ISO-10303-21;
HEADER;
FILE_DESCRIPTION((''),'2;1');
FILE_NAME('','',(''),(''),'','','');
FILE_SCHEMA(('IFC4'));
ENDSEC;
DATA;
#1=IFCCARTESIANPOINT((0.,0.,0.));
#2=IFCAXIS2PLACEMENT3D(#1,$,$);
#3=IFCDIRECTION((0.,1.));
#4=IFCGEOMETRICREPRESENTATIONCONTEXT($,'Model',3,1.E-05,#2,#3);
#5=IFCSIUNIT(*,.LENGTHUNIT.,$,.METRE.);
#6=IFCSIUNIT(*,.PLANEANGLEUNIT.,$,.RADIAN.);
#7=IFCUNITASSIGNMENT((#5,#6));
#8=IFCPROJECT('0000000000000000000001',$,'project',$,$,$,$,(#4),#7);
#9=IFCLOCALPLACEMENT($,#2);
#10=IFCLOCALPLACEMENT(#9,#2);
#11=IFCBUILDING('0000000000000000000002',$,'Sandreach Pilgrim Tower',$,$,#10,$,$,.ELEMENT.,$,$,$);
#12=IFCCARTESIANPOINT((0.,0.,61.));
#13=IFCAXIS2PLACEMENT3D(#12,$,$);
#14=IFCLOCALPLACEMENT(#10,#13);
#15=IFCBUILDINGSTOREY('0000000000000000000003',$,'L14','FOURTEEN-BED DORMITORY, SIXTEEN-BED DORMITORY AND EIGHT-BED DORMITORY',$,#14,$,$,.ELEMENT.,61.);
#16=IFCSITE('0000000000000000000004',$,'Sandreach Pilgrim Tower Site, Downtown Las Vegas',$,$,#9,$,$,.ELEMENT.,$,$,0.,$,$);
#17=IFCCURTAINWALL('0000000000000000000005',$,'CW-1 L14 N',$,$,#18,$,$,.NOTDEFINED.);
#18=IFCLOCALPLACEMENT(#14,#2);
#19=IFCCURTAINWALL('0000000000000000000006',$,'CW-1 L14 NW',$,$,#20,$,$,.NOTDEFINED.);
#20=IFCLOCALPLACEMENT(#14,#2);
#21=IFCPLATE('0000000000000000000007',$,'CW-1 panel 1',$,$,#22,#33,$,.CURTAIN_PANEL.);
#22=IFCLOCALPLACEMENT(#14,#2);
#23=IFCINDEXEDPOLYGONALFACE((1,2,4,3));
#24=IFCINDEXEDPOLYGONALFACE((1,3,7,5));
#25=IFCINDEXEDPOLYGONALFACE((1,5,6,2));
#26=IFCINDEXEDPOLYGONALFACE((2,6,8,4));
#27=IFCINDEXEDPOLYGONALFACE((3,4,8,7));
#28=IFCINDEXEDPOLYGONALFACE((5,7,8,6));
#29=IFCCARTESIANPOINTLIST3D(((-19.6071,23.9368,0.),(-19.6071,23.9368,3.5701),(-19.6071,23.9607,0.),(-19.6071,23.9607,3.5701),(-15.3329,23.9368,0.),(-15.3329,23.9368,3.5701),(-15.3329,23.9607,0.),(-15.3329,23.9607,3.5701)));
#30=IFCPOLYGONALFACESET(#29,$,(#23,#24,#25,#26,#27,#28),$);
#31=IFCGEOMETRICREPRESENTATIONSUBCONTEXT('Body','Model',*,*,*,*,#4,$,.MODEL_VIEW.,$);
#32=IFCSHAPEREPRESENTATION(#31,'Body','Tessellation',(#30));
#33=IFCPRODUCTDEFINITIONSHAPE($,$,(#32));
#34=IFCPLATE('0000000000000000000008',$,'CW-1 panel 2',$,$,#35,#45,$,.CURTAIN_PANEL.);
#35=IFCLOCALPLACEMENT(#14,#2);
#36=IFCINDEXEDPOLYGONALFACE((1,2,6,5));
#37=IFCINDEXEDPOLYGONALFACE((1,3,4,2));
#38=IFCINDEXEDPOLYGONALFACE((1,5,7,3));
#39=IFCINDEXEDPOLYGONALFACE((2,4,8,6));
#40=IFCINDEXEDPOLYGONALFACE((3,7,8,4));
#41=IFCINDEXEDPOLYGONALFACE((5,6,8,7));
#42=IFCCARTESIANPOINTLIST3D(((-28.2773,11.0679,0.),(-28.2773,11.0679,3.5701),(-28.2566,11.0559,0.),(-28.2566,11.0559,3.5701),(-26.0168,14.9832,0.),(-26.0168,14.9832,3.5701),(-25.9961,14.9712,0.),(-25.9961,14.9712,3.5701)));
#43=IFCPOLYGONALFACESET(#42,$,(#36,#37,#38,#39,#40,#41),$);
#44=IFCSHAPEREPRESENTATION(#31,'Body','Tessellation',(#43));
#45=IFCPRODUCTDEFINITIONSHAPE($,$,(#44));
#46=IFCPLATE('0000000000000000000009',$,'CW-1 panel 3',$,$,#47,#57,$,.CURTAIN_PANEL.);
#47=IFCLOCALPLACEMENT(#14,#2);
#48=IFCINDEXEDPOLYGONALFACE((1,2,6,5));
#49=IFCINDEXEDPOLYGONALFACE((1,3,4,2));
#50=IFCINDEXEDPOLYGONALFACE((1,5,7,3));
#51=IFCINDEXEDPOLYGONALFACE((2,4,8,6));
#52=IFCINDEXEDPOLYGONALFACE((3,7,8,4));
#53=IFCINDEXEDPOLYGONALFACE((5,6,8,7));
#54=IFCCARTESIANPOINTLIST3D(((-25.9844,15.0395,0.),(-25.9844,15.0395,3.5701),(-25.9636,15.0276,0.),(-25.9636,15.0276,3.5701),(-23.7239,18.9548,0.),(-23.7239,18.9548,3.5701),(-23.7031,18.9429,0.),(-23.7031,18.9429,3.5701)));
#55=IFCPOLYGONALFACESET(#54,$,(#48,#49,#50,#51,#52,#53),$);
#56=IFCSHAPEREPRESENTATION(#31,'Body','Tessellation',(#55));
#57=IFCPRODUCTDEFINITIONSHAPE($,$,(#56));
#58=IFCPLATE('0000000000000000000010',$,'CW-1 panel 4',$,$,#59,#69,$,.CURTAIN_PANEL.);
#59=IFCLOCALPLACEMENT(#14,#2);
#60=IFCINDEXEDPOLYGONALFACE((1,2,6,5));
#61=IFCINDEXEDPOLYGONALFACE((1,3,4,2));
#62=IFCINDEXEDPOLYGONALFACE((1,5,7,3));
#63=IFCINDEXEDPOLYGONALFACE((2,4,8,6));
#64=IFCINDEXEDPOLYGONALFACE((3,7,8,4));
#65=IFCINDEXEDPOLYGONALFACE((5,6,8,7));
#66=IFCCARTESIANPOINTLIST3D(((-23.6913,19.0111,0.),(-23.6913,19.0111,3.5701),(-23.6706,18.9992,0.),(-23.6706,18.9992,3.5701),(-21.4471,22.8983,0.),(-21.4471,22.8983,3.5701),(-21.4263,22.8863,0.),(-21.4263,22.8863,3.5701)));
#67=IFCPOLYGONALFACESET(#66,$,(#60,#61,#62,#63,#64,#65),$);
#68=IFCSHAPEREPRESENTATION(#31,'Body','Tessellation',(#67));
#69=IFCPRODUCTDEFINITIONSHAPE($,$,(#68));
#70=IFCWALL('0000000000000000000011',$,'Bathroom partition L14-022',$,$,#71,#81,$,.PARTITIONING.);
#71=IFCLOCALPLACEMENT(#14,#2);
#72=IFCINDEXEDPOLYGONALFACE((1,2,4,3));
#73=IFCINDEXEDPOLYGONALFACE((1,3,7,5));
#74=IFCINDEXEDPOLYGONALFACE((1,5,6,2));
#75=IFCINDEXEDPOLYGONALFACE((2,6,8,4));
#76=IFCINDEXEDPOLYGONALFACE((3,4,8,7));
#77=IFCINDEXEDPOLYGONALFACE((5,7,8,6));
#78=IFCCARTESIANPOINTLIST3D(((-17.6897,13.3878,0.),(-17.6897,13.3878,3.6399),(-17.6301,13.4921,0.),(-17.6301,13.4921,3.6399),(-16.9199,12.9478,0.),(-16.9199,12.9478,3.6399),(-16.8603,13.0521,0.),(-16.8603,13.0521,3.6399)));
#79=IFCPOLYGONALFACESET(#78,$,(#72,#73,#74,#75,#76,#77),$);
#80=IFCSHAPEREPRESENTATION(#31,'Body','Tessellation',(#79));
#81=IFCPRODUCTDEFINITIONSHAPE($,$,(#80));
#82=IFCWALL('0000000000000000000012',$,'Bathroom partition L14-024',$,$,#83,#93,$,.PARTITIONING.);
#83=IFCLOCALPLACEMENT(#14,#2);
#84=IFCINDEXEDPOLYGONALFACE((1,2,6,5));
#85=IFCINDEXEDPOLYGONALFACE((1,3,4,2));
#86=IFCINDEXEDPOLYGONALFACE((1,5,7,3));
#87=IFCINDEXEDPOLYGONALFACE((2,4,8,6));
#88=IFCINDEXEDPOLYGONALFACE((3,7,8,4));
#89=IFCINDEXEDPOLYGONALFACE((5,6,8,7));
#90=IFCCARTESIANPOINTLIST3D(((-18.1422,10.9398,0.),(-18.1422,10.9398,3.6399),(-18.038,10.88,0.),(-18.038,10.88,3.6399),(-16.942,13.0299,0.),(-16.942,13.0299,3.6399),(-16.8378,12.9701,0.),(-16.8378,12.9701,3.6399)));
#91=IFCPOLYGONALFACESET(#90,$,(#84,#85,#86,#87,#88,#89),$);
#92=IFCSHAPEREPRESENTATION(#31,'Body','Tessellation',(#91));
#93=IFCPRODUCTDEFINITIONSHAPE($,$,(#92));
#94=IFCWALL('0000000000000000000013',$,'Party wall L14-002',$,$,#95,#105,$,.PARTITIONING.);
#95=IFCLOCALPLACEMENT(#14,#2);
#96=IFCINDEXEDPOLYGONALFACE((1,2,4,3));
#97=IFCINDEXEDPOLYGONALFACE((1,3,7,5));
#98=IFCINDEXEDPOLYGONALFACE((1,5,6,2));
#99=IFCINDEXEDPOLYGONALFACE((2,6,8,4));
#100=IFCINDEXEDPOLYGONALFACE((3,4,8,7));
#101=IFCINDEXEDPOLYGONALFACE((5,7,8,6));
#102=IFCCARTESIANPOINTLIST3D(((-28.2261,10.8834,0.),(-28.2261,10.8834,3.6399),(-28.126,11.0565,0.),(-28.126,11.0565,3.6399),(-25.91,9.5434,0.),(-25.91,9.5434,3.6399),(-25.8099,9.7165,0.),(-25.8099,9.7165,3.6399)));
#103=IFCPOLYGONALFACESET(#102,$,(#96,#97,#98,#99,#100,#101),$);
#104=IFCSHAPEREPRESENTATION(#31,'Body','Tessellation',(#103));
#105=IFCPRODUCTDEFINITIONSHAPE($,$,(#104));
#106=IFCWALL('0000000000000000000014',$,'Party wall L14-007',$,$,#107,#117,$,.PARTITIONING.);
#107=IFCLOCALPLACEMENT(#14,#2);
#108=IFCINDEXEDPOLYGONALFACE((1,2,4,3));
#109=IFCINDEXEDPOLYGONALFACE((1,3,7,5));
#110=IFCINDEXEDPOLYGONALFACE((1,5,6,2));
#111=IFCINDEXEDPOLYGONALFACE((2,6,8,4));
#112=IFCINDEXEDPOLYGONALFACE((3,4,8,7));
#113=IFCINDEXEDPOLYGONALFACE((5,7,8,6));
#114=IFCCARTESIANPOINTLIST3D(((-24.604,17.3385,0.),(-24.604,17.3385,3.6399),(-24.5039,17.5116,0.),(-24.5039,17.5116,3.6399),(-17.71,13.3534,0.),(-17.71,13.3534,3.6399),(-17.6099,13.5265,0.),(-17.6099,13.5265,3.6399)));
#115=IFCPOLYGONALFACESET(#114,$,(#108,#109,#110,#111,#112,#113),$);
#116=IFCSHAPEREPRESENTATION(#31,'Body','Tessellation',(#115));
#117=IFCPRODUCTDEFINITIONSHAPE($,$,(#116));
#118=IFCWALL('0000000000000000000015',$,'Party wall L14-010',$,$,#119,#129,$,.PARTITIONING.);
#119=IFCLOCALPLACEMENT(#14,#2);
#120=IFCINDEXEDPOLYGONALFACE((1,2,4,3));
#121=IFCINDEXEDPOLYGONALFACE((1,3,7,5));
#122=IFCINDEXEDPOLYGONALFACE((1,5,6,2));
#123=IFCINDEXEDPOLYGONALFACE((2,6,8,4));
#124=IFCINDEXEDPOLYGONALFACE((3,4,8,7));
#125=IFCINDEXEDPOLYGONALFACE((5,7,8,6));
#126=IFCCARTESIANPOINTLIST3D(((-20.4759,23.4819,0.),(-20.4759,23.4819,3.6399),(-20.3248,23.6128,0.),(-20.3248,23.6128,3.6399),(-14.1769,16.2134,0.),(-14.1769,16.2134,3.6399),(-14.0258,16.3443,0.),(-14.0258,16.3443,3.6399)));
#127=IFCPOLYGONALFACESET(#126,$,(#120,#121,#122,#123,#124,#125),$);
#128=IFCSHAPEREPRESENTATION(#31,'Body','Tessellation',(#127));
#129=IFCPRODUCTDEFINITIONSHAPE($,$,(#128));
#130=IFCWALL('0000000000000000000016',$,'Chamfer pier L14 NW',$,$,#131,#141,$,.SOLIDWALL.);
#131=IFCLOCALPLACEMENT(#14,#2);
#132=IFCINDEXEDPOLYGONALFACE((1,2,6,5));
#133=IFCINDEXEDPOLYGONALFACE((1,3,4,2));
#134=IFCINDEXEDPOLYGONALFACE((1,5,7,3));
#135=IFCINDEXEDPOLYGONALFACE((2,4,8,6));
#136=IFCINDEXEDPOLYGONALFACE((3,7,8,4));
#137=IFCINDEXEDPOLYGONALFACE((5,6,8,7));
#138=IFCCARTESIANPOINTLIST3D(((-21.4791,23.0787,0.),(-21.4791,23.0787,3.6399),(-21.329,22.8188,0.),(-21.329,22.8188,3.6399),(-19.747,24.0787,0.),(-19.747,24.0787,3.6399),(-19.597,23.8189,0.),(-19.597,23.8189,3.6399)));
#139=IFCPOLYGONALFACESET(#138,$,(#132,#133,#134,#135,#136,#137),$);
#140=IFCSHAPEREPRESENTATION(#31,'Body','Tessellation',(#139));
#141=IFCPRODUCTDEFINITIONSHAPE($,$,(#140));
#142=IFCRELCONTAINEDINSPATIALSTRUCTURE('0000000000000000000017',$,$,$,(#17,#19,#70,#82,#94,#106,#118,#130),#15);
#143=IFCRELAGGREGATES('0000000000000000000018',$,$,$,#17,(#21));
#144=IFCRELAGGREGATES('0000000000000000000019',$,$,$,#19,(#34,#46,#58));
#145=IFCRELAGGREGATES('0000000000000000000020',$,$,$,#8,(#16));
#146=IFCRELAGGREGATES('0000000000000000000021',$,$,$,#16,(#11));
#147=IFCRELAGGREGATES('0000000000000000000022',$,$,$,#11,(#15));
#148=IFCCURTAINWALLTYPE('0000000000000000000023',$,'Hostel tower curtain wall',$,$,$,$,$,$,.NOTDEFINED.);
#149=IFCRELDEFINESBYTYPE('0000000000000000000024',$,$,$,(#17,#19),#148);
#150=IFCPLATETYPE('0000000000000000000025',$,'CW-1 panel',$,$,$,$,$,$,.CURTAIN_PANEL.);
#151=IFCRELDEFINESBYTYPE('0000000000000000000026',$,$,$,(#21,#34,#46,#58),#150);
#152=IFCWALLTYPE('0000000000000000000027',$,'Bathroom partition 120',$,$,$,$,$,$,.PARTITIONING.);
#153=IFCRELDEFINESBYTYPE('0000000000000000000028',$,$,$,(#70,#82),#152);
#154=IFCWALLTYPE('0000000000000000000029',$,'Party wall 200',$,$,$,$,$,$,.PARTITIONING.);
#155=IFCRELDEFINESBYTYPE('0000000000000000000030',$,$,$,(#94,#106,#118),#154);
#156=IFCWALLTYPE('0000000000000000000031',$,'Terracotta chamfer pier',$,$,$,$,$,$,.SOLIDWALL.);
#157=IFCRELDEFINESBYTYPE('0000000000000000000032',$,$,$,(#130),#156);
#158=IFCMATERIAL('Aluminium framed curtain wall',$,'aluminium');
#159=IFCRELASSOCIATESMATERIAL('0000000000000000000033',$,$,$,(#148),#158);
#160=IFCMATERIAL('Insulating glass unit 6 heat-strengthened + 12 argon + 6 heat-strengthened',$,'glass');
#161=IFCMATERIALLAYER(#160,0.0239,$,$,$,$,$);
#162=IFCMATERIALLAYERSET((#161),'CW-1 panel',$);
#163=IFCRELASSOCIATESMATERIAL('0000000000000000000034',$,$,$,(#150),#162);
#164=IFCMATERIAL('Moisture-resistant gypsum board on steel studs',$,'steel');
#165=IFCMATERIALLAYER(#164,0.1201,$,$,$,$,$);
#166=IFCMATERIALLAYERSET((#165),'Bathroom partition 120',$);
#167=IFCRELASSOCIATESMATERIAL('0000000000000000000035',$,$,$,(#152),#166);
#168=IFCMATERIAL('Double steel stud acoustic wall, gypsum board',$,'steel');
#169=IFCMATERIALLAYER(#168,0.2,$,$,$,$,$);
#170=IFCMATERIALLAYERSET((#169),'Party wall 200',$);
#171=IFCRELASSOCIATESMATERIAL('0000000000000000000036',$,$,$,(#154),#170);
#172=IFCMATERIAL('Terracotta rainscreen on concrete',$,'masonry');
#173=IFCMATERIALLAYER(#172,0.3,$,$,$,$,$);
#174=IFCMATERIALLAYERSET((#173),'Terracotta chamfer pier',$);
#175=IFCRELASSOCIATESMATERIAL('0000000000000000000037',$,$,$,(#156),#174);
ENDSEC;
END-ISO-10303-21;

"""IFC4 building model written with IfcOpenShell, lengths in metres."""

from ifc_helpers import new_model, si_unit, direction, frame, frame_2d, origin, origin_2d, place, context, subcontext, project, spatial, rectangle, extrude, material, layer, layer_set, type_object, element, aggregate, save


model = new_model("IFC4")

# Units and contexts
model_context = context("Model", 3, precision=1e-05, world=origin(), true_north=direction((0.0, 1.0)))
body_context = subcontext(model_context, "Body", "Model", "MODEL_VIEW")
ifc_project = project(units=[si_unit("LENGTHUNIT", "METRE"), si_unit("PLANEANGLEUNIT", "RADIAN")], contexts=[model_context])

# Site, building, storey
site_placement = place(None, origin())
site = spatial("IfcSite", under=ifc_project, at=site_placement, Name="Sandreach Pilgrim Tower Site, Downtown Las Vegas", CompositionType="ELEMENT", RefElevation=0.0)
building_placement = place(site_placement, origin())
building = spatial("IfcBuilding", under=site, at=building_placement, Name="Sandreach Pilgrim Tower", CompositionType="ELEMENT")
storey_placement = place(building_placement, frame((0.0, 0.0, 61.0)))
storey = spatial("IfcBuildingStorey", under=building, at=storey_placement, Name="L14", Description="FOURTEEN-BED DORMITORY, SIXTEEN-BED DORMITORY AND EIGHT-BED DORMITORY", CompositionType="ELEMENT", Elevation=61.0)

# Curtain wall
ifc_material_1 = material(Name="Aluminium framed curtain wall", Category="aluminium")
curtain_wall_type = type_object("IfcCurtainWallType", Name="Hostel tower curtain wall", PredefinedType="NOTDEFINED", material=ifc_material_1)
curtain_wall_1_placement = place(storey_placement, origin())
curtain_wall_1 = element("IfcCurtainWall", 1, at=curtain_wall_1_placement, inside=storey, type_object=curtain_wall_type, Name="CW-1 L14 N", PredefinedType="NOTDEFINED")

# Curtain wall
curtain_wall_2_placement = place(storey_placement, origin())
curtain_wall_2 = element("IfcCurtainWall", 2, at=curtain_wall_2_placement, inside=storey, type_object=curtain_wall_type, Name="CW-1 L14 NW", PredefinedType="NOTDEFINED")

# Plates
ifc_material_2 = material(Name="Insulating glass unit 6 heat-strengthened + 12 argon + 6 heat-strengthened", Category="glass")
ifc_layer_1 = layer(ifc_material_2, 0.0239)
ifc_layer_set_1 = layer_set([ifc_layer_1], Name="CW-1 panel")
plate_type = type_object("IfcPlateType", Name="CW-1 panel", PredefinedType="CURTAIN_PANEL", material=ifc_layer_set_1)
plate_1_placement = place(storey_placement, frame((-17.47, 23.9487, 0.0), z_axis=(0.0, 0.0, 1.0), x_axis=(1.0, 0.0, 0.0)))
plate_1 = element("IfcPlate", 3, at=plate_1_placement, type_object=plate_type, Name="CW-1 panel 1", PredefinedType="CURTAIN_PANEL", context=body_context, shape_type="SweptSolid", body=[
    extrude(rectangle(XDim=4.2742, YDim=0.0239, at=origin_2d()), origin(), (0.0, 0.0, 1.0), 3.5701),
])
aggregate(curtain_wall_1, [plate_1])
plate_2_placement = place(storey_placement, frame((-27.1367, 13.0195, 0.0), z_axis=(0.0, 0.0, 1.0), x_axis=(0.5, 0.866025, 0.0)))
plate_2 = element("IfcPlate", 4, at=plate_2_placement, type_object=plate_type, Name="CW-1 panel 2", PredefinedType="CURTAIN_PANEL", context=body_context, shape_type="SweptSolid", body=[
    extrude(rectangle(XDim=4.521, YDim=0.0239, at=origin_2d()), origin(), (0.0, 0.0, 1.0), 3.5701),
])
plate_3_placement = place(storey_placement, frame((-24.8438, 16.9912, 0.0), z_axis=(0.0, 0.0, 1.0), x_axis=(0.5, 0.866025, 0.0)))
plate_3 = element("IfcPlate", 5, at=plate_3_placement, type_object=plate_type, Name="CW-1 panel 3", PredefinedType="CURTAIN_PANEL", context=body_context, shape_type="SweptSolid", body=[
    extrude(rectangle(XDim=4.521, YDim=0.0239, at=origin_2d()), origin(), (0.0, 0.0, 1.0), 3.5701),
])
plate_4_placement = place(storey_placement, frame((-22.5588, 20.9487, 0.0), z_axis=(0.0, 0.0, 1.0), x_axis=(0.5, 0.866025, 0.0)))
plate_4 = element("IfcPlate", 6, at=plate_4_placement, type_object=plate_type, Name="CW-1 panel 4", PredefinedType="CURTAIN_PANEL", context=body_context, shape_type="SweptSolid", body=[
    extrude(rectangle(XDim=4.4885, YDim=0.0239, at=origin_2d()), origin(), (0.0, 0.0, 1.0), 3.5701),
])
aggregate(curtain_wall_2, [plate_2, plate_3, plate_4])

# Walls
ifc_material_3 = material(Name="Moisture-resistant gypsum board on steel studs", Category="steel")
ifc_layer_2 = layer(ifc_material_3, 0.1201)
ifc_layer_set_2 = layer_set([ifc_layer_2], Name="Bathroom partition 120")
wall_type_1 = type_object("IfcWallType", Name="Bathroom partition 120", PredefinedType="PARTITIONING", material=ifc_layer_set_2)
wall_1_placement = place(storey_placement, frame((-17.6599, 13.4399, 0.0), z_axis=(0.0, 0.0, 1.0), x_axis=(0.868209, -0.496198, 0.0)))
element("IfcWall", 7, at=wall_1_placement, inside=storey, type_object=wall_type_1, Name="Bathroom partition L14-022", PredefinedType="PARTITIONING", context=body_context, shape_type="SweptSolid", body=[
    extrude(rectangle(XDim=0.8867, YDim=0.1201, at=frame_2d((0.4434, 0.0))), origin(), (0.0, 0.0, 1.0), 3.6399),
])
wall_2_placement = place(storey_placement, frame((-16.8899, 13.0, 0.0), z_axis=(0.0, 0.0, 1.0), x_axis=(-0.497971, -0.867194, 0.0)))
element("IfcWall", 8, at=wall_2_placement, inside=storey, type_object=wall_type_1, Name="Bathroom partition L14-024", PredefinedType="PARTITIONING", context=body_context, shape_type="SweptSolid", body=[
    extrude(rectangle(XDim=2.4102, YDim=0.1201, at=frame_2d((1.2051, 0.0))), origin(), (0.0, 0.0, 1.0), 3.6399),
])
ifc_material_4 = material(Name="Double steel stud acoustic wall, gypsum board", Category="steel")
ifc_layer_3 = layer(ifc_material_4, 0.2)
ifc_layer_set_3 = layer_set([ifc_layer_3], Name="Party wall 200")
wall_type_2 = type_object("IfcWallType", Name="Party wall 200", PredefinedType="PARTITIONING", material=ifc_layer_set_3)
wall_3_placement = place(storey_placement, frame((-28.176, 10.97, 0.0), z_axis=(0.0, 0.0, 1.0), x_axis=(0.865564, -0.500799, 0.0)))
element("IfcWall", 9, at=wall_3_placement, inside=storey, type_object=wall_type_2, Name="Party wall L14-002", PredefinedType="PARTITIONING", context=body_context, shape_type="SweptSolid", body=[
    extrude(rectangle(XDim=2.6758, YDim=0.2, at=frame_2d((1.3379, 0.0))), origin(), (0.0, 0.0, 1.0), 3.6399),
])
wall_4_placement = place(storey_placement, frame((-24.554, 17.425, 0.0), z_axis=(0.0, 0.0, 1.0), x_axis=(0.865763, -0.500455, 0.0)))
element("IfcWall", 10, at=wall_4_placement, inside=storey, type_object=wall_type_2, Name="Party wall L14-007", PredefinedType="PARTITIONING", context=body_context, shape_type="SweptSolid", body=[
    extrude(rectangle(XDim=7.9629, YDim=0.2, at=frame_2d((3.9814, 0.0))), origin(), (0.0, 0.0, 1.0), 3.6399),
])
wall_5_placement = place(storey_placement, frame((-20.4004, 23.5474, 0.0), z_axis=(0.0, 0.0, 1.0), x_axis=(0.65491, -0.755707, 0.0)))
element("IfcWall", 11, at=wall_5_placement, inside=storey, type_object=wall_type_2, Name="Party wall L14-010", PredefinedType="PARTITIONING", context=body_context, shape_type="SweptSolid", body=[
    extrude(rectangle(XDim=9.6182, YDim=0.2, at=frame_2d((4.8091, 0.0))), origin(), (0.0, 0.0, 1.0), 3.6399),
])
ifc_material_5 = material(Name="Terracotta rainscreen on concrete", Category="masonry")
ifc_layer_4 = layer(ifc_material_5, 0.3)
ifc_layer_set_4 = layer_set([ifc_layer_4], Name="Terracotta chamfer pier")
wall_type_3 = type_object("IfcWallType", Name="Terracotta chamfer pier", PredefinedType="SOLIDWALL", material=ifc_layer_set_4)
wall_6_placement = place(storey_placement, frame((-21.4041, 22.9487, 0.0), z_axis=(0.0, 0.0, 1.0), x_axis=(0.866011, 0.500025, 0.0)))
element("IfcWall", 12, at=wall_6_placement, inside=storey, type_object=wall_type_3, Name="Chamfer pier L14 NW", PredefinedType="SOLIDWALL", context=body_context, shape_type="SweptSolid", body=[
    extrude(rectangle(XDim=2.0, YDim=0.3, at=frame_2d((1.0, 0.0))), origin(), (0.0, 0.0, 1.0), 3.6399),
])

save(model, "model.ifc")
